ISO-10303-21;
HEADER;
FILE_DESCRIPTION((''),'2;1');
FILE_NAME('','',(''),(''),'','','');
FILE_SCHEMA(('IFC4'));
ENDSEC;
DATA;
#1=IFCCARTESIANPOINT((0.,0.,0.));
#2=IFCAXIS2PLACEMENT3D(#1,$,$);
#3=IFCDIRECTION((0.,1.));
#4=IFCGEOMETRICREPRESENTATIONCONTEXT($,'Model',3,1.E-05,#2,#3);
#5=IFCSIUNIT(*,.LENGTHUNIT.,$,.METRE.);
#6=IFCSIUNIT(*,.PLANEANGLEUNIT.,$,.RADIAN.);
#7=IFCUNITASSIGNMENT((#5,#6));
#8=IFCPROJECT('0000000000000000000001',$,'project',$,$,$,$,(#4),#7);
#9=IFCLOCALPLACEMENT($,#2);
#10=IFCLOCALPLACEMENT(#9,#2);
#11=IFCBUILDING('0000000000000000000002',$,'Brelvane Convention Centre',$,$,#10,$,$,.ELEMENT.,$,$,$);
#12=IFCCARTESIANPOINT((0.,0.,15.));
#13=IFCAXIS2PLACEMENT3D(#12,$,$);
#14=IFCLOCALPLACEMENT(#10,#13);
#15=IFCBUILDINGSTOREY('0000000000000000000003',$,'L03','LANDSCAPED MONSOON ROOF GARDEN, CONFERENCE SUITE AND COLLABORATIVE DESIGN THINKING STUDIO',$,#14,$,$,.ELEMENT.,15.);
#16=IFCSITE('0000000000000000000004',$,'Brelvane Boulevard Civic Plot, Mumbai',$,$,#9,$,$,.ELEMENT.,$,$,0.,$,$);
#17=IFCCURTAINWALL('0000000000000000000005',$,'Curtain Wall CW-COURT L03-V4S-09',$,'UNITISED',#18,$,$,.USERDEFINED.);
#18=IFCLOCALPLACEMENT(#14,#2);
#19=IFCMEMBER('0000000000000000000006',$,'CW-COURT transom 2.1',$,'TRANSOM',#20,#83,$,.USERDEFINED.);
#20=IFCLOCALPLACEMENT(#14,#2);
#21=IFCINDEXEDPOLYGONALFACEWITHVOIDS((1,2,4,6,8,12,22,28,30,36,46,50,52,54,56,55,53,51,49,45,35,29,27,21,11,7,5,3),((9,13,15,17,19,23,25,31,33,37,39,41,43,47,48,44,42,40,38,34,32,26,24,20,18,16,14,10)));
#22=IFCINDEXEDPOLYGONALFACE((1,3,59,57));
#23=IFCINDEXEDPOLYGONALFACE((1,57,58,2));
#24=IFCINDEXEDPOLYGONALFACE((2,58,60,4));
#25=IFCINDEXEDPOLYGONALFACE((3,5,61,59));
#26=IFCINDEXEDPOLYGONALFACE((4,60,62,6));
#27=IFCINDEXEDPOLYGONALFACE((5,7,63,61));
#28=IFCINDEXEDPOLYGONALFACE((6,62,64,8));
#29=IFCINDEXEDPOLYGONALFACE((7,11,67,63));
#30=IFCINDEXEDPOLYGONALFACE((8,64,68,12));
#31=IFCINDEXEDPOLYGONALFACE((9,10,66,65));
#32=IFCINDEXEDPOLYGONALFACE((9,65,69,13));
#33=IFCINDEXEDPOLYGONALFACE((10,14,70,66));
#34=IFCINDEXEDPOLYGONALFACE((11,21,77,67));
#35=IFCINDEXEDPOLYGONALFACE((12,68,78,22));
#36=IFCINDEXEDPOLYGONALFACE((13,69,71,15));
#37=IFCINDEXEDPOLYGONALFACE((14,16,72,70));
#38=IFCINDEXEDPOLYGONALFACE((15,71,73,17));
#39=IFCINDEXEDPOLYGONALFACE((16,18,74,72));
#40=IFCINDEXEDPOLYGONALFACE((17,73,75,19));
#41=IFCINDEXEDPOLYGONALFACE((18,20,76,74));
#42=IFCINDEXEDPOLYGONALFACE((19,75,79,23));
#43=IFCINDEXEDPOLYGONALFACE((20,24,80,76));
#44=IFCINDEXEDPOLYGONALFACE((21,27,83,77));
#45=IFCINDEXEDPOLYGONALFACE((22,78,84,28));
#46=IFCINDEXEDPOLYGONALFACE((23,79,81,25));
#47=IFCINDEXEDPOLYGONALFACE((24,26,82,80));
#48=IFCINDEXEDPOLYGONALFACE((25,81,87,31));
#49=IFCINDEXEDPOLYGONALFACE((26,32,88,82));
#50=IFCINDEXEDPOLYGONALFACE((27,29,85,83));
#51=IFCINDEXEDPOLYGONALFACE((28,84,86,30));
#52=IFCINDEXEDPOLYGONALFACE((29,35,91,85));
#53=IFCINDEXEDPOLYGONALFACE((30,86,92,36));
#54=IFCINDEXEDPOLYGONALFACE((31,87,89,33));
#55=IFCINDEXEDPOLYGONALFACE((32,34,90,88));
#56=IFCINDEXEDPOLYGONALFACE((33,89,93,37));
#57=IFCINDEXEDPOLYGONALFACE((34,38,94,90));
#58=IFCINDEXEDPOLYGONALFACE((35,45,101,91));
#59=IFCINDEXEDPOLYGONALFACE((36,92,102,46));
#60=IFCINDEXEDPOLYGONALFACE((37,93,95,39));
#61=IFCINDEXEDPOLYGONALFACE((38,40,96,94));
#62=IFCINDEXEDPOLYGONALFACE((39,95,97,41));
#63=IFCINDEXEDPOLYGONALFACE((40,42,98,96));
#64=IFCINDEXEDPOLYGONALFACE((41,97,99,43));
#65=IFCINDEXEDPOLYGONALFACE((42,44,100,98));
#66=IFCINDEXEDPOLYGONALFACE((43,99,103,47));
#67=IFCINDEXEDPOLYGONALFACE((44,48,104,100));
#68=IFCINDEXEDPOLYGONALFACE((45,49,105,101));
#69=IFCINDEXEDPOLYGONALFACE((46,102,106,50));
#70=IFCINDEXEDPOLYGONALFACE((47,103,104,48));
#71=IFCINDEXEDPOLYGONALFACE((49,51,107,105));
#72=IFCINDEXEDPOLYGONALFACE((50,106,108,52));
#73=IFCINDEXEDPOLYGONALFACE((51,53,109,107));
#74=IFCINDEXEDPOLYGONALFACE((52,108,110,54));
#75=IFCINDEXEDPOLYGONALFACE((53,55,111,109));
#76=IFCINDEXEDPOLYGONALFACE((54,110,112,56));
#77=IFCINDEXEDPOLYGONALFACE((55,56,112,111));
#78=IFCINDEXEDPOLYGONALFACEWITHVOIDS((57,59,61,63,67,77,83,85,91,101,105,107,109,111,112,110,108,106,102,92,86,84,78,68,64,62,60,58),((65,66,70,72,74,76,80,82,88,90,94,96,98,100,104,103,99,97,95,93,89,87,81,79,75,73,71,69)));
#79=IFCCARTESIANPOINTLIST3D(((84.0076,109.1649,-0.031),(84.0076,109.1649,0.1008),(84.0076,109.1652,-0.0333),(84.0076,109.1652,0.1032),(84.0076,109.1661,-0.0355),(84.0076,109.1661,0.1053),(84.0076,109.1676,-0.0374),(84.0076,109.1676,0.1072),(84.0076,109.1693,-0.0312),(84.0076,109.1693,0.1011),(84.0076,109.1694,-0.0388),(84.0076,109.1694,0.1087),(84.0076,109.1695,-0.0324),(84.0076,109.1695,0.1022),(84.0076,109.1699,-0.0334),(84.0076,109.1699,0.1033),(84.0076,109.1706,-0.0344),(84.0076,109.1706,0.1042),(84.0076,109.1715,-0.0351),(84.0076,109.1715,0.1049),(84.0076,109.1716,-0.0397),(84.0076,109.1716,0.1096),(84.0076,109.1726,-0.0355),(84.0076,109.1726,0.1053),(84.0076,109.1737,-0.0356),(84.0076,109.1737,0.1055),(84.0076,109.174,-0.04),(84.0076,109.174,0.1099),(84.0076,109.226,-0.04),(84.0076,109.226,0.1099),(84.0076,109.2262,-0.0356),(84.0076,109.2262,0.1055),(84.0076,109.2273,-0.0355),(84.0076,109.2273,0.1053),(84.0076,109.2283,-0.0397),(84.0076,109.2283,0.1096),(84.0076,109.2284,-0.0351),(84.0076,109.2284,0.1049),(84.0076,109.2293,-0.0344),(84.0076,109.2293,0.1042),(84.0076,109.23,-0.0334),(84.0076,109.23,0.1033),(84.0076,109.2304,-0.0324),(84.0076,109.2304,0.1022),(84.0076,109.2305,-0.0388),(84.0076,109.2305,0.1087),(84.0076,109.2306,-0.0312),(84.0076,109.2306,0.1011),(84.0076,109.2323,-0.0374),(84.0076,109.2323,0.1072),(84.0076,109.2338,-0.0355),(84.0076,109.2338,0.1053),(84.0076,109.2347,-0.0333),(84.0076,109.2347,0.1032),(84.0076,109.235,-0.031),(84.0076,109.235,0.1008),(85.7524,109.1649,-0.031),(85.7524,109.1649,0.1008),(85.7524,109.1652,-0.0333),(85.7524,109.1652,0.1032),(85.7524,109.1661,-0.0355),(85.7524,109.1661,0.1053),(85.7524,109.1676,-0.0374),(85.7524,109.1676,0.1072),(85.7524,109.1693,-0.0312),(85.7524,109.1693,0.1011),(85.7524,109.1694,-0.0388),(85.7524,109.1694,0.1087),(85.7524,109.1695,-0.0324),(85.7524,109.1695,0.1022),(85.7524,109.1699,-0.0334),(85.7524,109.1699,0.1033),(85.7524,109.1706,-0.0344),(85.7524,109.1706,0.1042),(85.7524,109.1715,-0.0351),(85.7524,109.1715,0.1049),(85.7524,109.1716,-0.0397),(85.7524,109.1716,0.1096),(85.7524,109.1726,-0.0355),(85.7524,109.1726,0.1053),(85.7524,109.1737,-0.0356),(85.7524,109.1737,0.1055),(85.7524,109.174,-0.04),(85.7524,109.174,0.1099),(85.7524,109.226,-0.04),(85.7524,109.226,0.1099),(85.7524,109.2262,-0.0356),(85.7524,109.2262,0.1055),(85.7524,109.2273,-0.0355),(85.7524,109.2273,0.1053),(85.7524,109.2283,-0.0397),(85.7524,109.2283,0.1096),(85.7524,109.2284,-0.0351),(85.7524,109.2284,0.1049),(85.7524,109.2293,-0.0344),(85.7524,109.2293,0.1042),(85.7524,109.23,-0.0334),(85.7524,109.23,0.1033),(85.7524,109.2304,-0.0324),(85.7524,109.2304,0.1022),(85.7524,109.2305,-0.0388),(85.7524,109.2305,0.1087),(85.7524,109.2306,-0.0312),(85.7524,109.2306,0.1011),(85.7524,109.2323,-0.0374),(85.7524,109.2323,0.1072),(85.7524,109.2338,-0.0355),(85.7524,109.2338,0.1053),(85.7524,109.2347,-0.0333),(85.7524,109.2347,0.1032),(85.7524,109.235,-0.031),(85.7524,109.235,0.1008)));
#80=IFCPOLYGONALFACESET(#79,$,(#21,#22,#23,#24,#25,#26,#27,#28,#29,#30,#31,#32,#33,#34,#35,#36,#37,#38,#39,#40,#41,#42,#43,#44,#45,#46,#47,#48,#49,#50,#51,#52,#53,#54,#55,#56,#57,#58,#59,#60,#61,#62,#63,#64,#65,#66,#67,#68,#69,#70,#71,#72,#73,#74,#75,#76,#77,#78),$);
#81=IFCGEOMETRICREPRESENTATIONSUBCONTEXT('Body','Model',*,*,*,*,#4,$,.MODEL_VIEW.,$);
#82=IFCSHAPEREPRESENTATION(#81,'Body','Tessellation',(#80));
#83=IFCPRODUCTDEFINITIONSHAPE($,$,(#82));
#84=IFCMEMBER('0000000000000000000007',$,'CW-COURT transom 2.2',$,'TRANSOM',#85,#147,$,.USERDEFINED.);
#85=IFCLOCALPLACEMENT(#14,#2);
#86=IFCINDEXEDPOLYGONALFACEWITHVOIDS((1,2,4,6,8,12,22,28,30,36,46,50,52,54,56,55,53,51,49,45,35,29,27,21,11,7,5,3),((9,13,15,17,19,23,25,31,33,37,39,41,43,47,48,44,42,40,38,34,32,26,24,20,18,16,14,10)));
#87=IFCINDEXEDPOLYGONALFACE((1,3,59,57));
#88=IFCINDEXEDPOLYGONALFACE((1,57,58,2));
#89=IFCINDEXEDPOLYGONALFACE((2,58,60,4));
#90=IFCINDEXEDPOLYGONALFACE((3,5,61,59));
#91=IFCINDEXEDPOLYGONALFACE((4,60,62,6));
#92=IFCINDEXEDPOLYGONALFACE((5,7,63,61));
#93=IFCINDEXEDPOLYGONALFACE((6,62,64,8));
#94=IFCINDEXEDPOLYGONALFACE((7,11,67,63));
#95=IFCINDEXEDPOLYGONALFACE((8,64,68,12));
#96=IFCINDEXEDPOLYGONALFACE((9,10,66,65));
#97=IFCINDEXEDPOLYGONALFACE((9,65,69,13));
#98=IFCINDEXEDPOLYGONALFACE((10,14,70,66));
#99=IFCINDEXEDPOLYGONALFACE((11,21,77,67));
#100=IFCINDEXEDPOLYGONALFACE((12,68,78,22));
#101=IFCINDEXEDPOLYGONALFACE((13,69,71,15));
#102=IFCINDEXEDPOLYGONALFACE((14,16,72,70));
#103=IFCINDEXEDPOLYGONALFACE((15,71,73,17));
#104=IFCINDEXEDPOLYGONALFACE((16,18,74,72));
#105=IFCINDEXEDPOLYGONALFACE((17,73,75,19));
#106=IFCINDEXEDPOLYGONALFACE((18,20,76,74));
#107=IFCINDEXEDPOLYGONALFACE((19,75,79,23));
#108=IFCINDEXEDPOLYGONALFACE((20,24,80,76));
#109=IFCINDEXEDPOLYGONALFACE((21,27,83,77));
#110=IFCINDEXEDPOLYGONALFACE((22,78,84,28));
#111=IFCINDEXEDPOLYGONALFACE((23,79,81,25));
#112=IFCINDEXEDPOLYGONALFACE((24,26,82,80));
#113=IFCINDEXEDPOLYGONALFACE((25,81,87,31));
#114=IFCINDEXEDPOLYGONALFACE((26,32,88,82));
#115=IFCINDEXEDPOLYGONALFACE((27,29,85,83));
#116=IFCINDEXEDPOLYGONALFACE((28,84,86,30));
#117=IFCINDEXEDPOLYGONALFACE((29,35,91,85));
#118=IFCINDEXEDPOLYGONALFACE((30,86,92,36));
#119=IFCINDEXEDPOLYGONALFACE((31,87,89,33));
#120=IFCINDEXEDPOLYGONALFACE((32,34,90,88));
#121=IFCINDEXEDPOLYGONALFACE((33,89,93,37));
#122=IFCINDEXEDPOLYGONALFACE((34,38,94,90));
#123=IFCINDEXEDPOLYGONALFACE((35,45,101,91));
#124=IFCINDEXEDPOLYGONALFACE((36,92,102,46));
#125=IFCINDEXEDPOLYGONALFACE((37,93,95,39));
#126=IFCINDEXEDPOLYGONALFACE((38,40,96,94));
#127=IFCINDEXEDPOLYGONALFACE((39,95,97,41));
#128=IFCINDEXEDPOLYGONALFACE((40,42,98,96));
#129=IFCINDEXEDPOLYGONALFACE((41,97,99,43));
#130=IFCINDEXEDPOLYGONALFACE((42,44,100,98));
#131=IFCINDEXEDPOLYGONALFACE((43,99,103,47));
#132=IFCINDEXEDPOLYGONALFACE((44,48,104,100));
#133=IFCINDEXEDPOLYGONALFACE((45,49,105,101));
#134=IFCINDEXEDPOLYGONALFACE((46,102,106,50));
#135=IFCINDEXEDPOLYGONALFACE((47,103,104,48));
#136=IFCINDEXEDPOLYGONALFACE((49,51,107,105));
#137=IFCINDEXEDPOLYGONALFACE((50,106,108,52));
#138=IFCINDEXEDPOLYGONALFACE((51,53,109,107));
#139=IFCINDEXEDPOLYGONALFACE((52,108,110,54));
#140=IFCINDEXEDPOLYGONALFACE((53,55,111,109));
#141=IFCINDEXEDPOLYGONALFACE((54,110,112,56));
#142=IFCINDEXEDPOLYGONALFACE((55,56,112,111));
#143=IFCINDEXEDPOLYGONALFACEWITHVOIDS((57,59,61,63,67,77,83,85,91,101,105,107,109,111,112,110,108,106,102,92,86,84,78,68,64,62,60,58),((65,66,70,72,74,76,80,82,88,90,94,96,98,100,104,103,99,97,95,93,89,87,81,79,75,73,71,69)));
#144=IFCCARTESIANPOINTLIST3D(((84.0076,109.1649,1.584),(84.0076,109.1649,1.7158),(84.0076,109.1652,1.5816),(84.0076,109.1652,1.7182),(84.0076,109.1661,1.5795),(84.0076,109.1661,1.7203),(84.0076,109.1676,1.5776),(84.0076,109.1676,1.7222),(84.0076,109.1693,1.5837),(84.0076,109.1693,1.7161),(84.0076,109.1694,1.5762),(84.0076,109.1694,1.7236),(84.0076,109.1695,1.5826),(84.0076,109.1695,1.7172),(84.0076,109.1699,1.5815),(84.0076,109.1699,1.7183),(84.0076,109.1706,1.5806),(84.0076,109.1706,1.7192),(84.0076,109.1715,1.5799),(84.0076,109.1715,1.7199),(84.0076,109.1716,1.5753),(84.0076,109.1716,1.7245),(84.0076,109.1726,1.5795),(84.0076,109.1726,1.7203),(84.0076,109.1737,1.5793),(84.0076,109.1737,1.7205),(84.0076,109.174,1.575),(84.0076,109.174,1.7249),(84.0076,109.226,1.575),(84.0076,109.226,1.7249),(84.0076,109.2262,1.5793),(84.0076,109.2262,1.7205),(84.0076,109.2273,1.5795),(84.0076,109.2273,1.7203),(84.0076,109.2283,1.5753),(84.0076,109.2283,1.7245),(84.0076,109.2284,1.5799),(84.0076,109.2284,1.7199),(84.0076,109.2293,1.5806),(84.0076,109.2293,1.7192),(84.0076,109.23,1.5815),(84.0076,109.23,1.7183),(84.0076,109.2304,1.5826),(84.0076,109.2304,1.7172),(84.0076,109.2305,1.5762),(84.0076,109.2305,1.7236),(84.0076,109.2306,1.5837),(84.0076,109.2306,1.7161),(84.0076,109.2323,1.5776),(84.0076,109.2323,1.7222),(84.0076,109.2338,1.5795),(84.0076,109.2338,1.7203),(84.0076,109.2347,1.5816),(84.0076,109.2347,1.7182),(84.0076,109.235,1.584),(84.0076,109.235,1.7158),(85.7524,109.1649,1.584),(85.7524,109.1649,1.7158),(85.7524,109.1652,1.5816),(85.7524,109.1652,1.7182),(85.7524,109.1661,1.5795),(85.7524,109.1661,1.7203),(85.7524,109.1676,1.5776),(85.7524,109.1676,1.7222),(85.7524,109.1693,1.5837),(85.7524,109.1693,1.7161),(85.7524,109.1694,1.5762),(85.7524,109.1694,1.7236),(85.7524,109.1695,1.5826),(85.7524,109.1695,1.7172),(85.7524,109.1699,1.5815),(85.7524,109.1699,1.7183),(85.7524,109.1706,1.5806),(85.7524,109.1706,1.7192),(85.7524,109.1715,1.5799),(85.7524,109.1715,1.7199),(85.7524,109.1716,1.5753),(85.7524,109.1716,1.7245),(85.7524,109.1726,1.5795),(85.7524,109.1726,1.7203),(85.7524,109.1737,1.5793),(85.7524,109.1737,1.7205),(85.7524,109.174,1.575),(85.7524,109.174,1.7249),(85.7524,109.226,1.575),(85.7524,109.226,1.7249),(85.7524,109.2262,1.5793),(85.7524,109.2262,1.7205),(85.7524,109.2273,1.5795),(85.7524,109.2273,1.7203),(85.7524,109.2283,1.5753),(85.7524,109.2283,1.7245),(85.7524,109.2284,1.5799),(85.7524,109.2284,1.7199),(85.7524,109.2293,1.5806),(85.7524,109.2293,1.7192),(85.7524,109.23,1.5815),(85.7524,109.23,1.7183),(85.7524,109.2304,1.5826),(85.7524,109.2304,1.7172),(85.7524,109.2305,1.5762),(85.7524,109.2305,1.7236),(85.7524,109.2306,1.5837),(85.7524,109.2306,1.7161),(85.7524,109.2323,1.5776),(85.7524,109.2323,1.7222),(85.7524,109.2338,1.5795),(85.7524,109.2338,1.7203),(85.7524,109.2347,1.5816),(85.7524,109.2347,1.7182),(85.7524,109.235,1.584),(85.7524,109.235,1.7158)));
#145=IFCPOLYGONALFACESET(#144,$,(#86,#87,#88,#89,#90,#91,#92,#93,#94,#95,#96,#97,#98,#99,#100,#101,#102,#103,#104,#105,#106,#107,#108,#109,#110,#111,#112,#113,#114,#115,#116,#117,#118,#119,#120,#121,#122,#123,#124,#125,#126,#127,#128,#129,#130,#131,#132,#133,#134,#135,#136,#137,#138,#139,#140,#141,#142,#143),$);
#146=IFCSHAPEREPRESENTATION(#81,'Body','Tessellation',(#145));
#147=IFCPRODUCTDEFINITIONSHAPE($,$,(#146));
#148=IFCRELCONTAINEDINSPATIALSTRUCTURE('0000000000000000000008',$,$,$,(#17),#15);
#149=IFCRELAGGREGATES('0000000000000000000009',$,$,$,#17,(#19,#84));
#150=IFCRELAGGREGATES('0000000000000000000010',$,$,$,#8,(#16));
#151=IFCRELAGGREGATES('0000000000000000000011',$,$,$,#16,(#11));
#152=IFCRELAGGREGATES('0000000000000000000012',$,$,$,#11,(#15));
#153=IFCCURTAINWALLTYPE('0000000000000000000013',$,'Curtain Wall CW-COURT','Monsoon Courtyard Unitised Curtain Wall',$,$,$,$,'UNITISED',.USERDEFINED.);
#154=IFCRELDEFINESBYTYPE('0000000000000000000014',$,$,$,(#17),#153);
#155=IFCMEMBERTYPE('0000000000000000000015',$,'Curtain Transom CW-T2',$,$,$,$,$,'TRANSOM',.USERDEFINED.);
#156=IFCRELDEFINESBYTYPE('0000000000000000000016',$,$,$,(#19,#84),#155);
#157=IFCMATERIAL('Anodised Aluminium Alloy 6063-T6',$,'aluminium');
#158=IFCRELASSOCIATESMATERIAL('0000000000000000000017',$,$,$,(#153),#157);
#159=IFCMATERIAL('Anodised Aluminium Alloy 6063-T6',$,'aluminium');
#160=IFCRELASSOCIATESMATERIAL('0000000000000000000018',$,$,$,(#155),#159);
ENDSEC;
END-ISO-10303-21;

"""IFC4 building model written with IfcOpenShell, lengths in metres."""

from ifc_helpers import new_model, si_unit, direction, frame, origin, origin_2d, place, context, subcontext, project, spatial, hollow_rectangle, extrude, material, material_profile, profile_set, type_object, element, aggregate, save


model = new_model("IFC4")

# Units and contexts
model_context = context("Model", 3, precision=1e-05, world=origin(), true_north=direction((0.0, 1.0)))
body_context = subcontext(model_context, "Body", "Model", "MODEL_VIEW")
ifc_project = project(units=[si_unit("LENGTHUNIT", "METRE"), si_unit("PLANEANGLEUNIT", "RADIAN")], contexts=[model_context])

# Site, building, storey
site_placement = place(None, origin())
site = spatial("IfcSite", under=ifc_project, at=site_placement, Name="Brelvane Boulevard Civic Plot, Mumbai", CompositionType="ELEMENT", RefElevation=0.0)
building_placement = place(site_placement, origin())
building = spatial("IfcBuilding", under=site, at=building_placement, Name="Brelvane Convention Centre", CompositionType="ELEMENT")
storey_placement = place(building_placement, frame((0.0, 0.0, 15.0)))
storey = spatial("IfcBuildingStorey", under=building, at=storey_placement, Name="L03", Description="LANDSCAPED MONSOON ROOF GARDEN, CONFERENCE SUITE AND COLLABORATIVE DESIGN THINKING STUDIO", CompositionType="ELEMENT", Elevation=15.0)

# Curtain wall, members
ifc_material_1 = material(Name="Anodised Aluminium Alloy 6063-T6", Category="aluminium")
curtain_wall_type = type_object("IfcCurtainWallType", Name="Curtain Wall CW-COURT", Description="Monsoon Courtyard Unitised Curtain Wall", ElementType="UNITISED", PredefinedType="USERDEFINED", material=ifc_material_1)
curtain_wall_placement = place(storey_placement, origin())
curtain_wall = element("IfcCurtainWall", 1, at=curtain_wall_placement, inside=storey, type_object=curtain_wall_type, Name="Curtain Wall CW-COURT L03-V4S-09", ObjectType="UNITISED", PredefinedType="USERDEFINED")
ifc_material_2 = material(Name="Anodised Aluminium Alloy 6063-T6", Category="aluminium")
ifc_material_profile_1 = material_profile(ifc_material_2, hollow_rectangle(XDim=0.0701, YDim=0.1499, WallThickness=0.0044, InnerFilletRadius=0.0044, OuterFilletRadius=0.009, at=origin_2d()), Name="ALU-T 150x70x4.5")
ifc_profile_set_1 = profile_set([ifc_material_profile_1], Name="Anodised Aluminium Alloy 6063-T6")
member_type_1 = type_object("IfcMemberType", Name="Curtain Transom CW-T2", ElementType="TRANSOM", PredefinedType="USERDEFINED", material=ifc_profile_set_1)
member_1_placement = place(storey_placement, frame((84.0076, 109.2, 0.0349), z_axis=(1.0, 0.0, 0.0), x_axis=(0.0, 1.0, 0.0)))
member_1 = element("IfcMember", 2, at=member_1_placement, type_object=member_type_1, Name="CW-COURT transom 2.1", ObjectType="TRANSOM", PredefinedType="USERDEFINED", context=body_context, shape_type="SweptSolid", body=[
    extrude(hollow_rectangle(XDim=0.0701, YDim=0.1499, WallThickness=0.0044, InnerFilletRadius=0.0044, OuterFilletRadius=0.009, at=origin_2d()), origin(), (0.0, 0.0, 1.0), 1.7449),
])
member_2_placement = place(storey_placement, frame((84.0076, 109.2, 1.6499), z_axis=(1.0, 0.0, 0.0), x_axis=(0.0, 1.0, 0.0)))
member_2 = element("IfcMember", 3, at=member_2_placement, type_object=member_type_1, Name="CW-COURT transom 2.2", ObjectType="TRANSOM", PredefinedType="USERDEFINED", context=body_context, shape_type="SweptSolid", body=[
    extrude(hollow_rectangle(XDim=0.0701, YDim=0.1499, WallThickness=0.0044, InnerFilletRadius=0.0044, OuterFilletRadius=0.009, at=origin_2d()), origin(), (0.0, 0.0, 1.0), 1.7449),
])

aggregate(curtain_wall, [member_1, member_2])

save(model, "model.ifc")
